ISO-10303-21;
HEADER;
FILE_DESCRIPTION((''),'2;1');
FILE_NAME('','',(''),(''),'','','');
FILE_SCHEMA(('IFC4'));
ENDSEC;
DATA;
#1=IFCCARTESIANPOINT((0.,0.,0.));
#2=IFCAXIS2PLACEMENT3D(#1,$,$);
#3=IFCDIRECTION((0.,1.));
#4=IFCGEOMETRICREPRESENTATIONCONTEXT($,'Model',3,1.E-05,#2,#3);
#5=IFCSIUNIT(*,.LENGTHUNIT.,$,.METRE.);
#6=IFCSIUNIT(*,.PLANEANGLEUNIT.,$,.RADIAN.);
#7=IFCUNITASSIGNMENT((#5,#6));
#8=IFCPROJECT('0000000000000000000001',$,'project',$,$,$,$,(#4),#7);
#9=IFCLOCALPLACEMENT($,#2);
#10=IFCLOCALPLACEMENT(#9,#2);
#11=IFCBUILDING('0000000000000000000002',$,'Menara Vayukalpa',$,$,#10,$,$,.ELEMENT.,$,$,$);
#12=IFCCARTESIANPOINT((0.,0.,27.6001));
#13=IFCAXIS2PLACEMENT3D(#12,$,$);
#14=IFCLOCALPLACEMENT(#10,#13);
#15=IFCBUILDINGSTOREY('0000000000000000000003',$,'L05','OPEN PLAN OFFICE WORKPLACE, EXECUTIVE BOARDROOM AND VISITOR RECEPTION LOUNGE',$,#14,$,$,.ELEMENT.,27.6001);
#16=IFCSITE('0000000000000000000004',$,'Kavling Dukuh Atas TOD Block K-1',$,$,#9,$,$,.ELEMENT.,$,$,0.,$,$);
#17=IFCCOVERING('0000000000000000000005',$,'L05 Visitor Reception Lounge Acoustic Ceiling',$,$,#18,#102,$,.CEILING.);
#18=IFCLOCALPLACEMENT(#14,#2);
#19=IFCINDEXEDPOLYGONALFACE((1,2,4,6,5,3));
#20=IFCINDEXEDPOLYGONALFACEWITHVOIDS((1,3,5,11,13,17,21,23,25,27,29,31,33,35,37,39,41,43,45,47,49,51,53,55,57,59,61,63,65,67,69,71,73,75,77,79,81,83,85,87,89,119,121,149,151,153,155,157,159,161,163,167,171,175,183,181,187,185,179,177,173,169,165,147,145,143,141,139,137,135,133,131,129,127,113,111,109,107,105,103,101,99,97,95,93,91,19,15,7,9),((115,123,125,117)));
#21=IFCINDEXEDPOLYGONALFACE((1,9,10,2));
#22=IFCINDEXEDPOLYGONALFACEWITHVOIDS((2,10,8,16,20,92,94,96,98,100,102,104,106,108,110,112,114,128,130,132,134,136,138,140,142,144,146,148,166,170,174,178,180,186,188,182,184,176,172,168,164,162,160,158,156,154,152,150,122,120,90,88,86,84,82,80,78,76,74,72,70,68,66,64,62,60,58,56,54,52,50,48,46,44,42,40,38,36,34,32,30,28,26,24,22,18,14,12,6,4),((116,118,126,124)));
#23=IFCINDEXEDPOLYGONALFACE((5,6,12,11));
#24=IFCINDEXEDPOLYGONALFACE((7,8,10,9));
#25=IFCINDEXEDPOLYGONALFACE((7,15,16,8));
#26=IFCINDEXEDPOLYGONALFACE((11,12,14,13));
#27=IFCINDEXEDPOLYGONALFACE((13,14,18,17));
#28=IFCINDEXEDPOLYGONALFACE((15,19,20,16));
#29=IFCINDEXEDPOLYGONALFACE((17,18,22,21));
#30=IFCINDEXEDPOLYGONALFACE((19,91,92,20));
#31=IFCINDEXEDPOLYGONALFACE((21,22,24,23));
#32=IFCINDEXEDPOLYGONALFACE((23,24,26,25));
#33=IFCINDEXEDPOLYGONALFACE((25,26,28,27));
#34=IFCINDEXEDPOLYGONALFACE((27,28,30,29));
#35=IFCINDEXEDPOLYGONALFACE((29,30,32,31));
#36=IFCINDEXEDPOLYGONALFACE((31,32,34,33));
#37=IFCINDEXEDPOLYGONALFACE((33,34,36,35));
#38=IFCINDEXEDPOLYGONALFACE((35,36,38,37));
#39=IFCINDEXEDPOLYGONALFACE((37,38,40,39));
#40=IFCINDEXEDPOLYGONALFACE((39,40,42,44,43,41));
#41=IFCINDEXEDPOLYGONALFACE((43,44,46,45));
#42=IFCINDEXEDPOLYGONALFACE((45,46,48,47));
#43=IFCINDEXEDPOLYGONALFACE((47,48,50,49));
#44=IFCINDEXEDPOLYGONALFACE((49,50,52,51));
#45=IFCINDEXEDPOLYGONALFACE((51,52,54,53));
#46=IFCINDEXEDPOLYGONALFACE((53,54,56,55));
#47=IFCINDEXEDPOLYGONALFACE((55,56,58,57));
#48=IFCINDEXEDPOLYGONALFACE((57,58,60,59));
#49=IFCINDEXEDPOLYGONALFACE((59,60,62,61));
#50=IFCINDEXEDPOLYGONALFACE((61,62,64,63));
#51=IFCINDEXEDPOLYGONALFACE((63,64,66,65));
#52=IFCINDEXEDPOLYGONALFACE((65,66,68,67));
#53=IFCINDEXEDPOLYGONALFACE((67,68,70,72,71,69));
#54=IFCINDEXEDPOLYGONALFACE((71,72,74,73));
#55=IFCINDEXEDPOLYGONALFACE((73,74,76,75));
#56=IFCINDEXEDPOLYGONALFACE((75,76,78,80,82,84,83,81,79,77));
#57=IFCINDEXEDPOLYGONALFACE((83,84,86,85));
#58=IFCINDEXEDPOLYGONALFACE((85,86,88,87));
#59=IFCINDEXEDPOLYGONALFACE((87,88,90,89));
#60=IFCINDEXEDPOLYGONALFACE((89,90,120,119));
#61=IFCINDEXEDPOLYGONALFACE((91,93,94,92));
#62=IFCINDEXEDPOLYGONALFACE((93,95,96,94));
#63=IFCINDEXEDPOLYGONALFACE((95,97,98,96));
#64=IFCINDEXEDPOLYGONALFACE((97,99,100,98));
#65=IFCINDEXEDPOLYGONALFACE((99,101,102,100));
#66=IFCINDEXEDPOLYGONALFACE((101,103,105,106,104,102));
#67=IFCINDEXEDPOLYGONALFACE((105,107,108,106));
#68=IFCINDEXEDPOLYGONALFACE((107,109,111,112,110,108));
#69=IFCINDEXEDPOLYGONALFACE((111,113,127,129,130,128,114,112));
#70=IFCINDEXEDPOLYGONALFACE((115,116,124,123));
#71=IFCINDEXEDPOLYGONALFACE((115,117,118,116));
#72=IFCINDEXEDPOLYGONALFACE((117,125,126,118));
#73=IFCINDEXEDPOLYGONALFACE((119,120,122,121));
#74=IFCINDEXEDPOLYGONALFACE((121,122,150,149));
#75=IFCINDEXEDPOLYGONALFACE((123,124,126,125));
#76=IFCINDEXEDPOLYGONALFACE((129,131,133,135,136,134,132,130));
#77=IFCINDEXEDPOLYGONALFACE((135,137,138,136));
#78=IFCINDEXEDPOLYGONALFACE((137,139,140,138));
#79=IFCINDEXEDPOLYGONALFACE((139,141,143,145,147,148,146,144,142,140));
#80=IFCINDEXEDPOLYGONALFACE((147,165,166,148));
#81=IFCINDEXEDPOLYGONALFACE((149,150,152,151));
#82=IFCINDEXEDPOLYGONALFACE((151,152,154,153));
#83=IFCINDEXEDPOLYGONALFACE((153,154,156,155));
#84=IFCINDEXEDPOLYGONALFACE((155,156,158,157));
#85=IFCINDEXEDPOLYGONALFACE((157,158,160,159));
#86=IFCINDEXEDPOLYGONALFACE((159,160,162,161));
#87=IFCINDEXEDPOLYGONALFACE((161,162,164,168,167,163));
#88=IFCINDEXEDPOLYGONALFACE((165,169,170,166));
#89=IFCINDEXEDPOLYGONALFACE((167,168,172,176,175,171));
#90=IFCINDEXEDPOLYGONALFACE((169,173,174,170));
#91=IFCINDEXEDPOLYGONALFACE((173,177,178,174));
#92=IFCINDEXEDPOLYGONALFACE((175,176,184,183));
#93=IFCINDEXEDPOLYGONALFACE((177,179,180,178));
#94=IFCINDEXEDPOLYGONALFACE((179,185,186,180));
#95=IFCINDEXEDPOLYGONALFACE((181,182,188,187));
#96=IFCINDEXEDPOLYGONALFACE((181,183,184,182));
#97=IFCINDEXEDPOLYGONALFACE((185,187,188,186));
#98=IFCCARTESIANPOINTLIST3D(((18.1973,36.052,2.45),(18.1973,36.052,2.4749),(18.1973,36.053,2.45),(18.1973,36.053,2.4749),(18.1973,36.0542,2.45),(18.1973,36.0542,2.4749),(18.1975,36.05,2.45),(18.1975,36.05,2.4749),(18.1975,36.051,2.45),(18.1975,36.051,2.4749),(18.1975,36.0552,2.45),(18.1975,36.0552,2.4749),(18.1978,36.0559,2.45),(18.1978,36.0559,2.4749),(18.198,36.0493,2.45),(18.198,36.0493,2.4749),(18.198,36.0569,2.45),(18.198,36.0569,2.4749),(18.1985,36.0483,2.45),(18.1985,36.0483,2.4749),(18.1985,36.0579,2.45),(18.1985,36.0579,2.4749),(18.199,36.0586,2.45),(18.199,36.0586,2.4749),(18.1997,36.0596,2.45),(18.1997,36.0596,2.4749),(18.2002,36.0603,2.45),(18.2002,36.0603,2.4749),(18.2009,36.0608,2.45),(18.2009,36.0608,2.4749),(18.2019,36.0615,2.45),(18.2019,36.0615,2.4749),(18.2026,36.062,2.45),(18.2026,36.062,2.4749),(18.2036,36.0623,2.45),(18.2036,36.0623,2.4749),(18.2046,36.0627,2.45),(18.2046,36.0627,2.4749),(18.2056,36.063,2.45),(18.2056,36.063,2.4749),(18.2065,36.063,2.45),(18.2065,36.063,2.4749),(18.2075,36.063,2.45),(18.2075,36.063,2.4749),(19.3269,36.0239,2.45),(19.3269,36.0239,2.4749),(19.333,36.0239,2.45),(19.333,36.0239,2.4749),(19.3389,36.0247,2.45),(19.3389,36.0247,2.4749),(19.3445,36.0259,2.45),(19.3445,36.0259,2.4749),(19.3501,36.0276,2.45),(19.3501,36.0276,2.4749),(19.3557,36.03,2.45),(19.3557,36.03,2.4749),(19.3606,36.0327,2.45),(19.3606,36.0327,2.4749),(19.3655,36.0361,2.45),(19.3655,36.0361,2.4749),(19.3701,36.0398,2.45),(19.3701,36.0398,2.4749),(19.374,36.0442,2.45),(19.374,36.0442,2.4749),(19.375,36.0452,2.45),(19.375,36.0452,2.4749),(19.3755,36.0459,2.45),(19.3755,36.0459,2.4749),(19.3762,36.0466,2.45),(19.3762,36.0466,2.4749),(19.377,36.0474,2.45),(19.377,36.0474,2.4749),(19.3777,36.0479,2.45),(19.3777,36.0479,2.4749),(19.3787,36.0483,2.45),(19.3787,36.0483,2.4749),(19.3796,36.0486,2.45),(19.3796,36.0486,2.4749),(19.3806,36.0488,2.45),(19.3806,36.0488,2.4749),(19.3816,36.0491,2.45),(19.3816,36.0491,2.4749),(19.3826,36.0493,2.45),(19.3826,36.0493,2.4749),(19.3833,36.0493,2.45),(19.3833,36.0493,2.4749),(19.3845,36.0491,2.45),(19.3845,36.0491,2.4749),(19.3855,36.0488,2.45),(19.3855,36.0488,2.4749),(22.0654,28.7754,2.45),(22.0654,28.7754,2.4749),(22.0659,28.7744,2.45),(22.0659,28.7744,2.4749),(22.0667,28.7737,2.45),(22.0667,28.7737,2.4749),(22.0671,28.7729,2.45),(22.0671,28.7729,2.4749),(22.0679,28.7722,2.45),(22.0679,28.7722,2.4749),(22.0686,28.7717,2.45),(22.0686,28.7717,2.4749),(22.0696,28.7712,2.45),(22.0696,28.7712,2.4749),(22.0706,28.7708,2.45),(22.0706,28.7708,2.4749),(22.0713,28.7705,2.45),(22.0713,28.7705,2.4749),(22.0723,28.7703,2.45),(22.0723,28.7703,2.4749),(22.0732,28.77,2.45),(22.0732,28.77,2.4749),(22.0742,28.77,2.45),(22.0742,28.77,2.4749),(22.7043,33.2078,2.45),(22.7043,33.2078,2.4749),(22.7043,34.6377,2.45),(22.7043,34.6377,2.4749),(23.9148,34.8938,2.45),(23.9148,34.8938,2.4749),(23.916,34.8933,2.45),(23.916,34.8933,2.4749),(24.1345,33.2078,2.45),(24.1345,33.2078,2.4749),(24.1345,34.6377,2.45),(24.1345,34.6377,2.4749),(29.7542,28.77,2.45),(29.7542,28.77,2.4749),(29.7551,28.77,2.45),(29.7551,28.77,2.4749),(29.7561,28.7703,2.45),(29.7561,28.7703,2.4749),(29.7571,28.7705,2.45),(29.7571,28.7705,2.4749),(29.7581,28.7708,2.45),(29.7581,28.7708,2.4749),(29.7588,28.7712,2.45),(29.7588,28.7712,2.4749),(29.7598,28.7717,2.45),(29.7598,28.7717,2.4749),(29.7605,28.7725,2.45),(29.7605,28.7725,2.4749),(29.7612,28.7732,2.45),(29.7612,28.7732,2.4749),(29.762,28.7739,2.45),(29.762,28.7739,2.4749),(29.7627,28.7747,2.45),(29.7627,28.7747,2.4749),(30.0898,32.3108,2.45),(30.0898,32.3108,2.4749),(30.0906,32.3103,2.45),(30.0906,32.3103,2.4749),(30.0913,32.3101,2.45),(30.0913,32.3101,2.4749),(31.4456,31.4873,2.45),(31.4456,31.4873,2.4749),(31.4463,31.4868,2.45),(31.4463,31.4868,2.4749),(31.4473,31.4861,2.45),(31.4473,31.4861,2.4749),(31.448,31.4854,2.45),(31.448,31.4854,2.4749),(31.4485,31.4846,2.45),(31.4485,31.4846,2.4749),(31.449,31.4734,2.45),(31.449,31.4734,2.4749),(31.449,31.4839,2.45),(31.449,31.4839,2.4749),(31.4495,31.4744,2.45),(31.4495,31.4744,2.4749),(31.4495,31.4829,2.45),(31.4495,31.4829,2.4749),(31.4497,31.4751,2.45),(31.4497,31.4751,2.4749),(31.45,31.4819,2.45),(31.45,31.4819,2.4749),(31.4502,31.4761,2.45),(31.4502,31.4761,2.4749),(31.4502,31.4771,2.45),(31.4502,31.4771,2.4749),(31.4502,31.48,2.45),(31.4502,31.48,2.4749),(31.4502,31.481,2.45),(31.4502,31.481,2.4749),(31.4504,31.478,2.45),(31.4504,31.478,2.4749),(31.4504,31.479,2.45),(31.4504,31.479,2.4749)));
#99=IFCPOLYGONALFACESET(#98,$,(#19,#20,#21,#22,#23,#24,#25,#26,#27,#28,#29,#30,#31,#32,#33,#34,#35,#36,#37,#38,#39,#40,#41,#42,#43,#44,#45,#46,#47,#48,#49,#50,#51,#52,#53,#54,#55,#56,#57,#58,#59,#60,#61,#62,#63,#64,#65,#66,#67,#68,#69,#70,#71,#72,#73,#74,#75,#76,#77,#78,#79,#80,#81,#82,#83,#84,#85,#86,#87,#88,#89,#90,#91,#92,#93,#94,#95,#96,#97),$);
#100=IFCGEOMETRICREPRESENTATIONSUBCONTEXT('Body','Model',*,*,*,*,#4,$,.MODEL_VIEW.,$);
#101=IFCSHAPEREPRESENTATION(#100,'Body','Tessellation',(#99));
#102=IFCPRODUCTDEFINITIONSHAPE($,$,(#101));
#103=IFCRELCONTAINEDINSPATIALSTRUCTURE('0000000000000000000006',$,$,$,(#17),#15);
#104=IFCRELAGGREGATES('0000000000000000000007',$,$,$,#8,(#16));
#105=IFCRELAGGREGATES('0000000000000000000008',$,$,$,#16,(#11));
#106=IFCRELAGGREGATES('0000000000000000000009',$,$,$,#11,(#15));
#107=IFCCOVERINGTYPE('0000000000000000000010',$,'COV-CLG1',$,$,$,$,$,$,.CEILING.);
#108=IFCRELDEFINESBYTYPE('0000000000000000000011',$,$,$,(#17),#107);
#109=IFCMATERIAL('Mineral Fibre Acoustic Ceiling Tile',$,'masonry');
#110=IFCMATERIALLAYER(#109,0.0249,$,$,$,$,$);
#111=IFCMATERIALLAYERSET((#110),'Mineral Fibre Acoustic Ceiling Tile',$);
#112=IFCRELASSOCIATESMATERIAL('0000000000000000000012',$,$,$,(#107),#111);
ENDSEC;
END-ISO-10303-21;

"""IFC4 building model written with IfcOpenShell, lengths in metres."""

from ifc_helpers import new_model, si_unit, direction, frame, origin, place, context, subcontext, project, spatial, polyline, outline, extrude, material, layer, layer_set, type_object, element, save


model = new_model("IFC4")

# Units and contexts
model_context = context("Model", 3, precision=1e-05, world=origin(), true_north=direction((0.0, 1.0)))
body_context = subcontext(model_context, "Body", "Model", "MODEL_VIEW")
ifc_project = project(units=[si_unit("LENGTHUNIT", "METRE"), si_unit("PLANEANGLEUNIT", "RADIAN")], contexts=[model_context])

# Site, building, storey
site_placement = place(None, origin())
site = spatial("IfcSite", under=ifc_project, at=site_placement, Name="Kavling Dukuh Atas TOD Block K-1", CompositionType="ELEMENT", RefElevation=0.0)
building_placement = place(site_placement, origin())
building = spatial("IfcBuilding", under=site, at=building_placement, Name="Menara Vayukalpa", CompositionType="ELEMENT")
storey_placement = place(building_placement, frame((0.0, 0.0, 27.6001)))
storey = spatial("IfcBuildingStorey", under=building, at=storey_placement, Name="L05", Description="OPEN PLAN OFFICE WORKPLACE, EXECUTIVE BOARDROOM AND VISITOR RECEPTION LOUNGE", CompositionType="ELEMENT", Elevation=27.6001)

# Covering
ifc_material_1 = material(Name="Mineral Fibre Acoustic Ceiling Tile", Category="masonry")
ifc_layer_1 = layer(ifc_material_1, 0.0249)
ifc_layer_set_1 = layer_set([ifc_layer_1], Name="Mineral Fibre Acoustic Ceiling Tile")
covering_type_1 = type_object("IfcCoveringType", Name="COV-CLG1", PredefinedType="CEILING", material=ifc_layer_set_1)
covering_1_placement = place(storey_placement, frame((0.0, 0.0, 2.45)))
element("IfcCovering", 1, at=covering_1_placement, inside=storey, type_object=covering_type_1, Name="L05 Visitor Reception Lounge Acoustic Ceiling", PredefinedType="CEILING", context=body_context, shape_type="SweptSolid", body=[
    extrude(outline(polyline([(30.0898, 32.3108), (30.0906, 32.3103), (30.0913, 32.3101), (31.4456, 31.4873), (31.4463, 31.4868), (31.4473, 31.4861), (31.448, 31.4854), (31.4485, 31.4846), (31.449, 31.4839), (31.4495, 31.4829), (31.45, 31.4819), (31.4502, 31.481), (31.4502, 31.48), (31.4504, 31.479), (31.4504, 31.478), (31.4502, 31.4771), (31.4502, 31.4761), (31.4497, 31.4751), (31.4495, 31.4744), (31.449, 31.4734), (29.7627, 28.7747), (29.762, 28.7739), (29.7612, 28.7732), (29.7605, 28.7725), (29.7598, 28.7717), (29.7588, 28.7712), (29.7581, 28.7708), (29.7571, 28.7705), (29.7561, 28.7703), (29.7551, 28.77), (29.7542, 28.77), (22.0742, 28.77), (22.0732, 28.77), (22.0723, 28.7703), (22.0713, 28.7705), (22.0706, 28.7708), (22.0696, 28.7712), (22.0686, 28.7717), (22.0679, 28.7722), (22.0671, 28.7729), (22.0667, 28.7737), (22.0659, 28.7744), (22.0654, 28.7754), (18.1985, 36.0483), (18.198, 36.0493), (18.1975, 36.05), (18.1975, 36.051), (18.1973, 36.052), (18.1973, 36.053), (18.1973, 36.0542), (18.1975, 36.0552), (18.1978, 36.0559), (18.198, 36.0569), (18.1985, 36.0579), (18.199, 36.0586), (18.1997, 36.0596), (18.2002, 36.0603), (18.2009, 36.0608), (18.2019, 36.0615), (18.2026, 36.062), (18.2036, 36.0623), (18.2046, 36.0627), (18.2056, 36.063), (18.2065, 36.063), (18.2075, 36.063), (19.3269, 36.0239), (19.333, 36.0239), (19.3389, 36.0247), (19.3445, 36.0259), (19.3501, 36.0276), (19.3557, 36.03), (19.3606, 36.0327), (19.3655, 36.0361), (19.3701, 36.0398), (19.374, 36.0442), (19.375, 36.0452), (19.3755, 36.0459), (19.3762, 36.0466), (19.377, 36.0474), (19.3777, 36.0479), (19.3787, 36.0483), (19.3796, 36.0486), (19.3806, 36.0488), (19.3816, 36.0491), (19.3826, 36.0493), (19.3833, 36.0493), (19.3845, 36.0491), (19.3855, 36.0488), (23.9148, 34.8938), (23.916, 34.8933), (30.0898, 32.3108)]), holes=[polyline([(24.1345, 33.2078), (24.1345, 34.6377), (22.7043, 34.6377), (22.7043, 33.2078), (24.1345, 33.2078)])]), origin(), (0.0, 0.0, 1.0), 0.0249),
])

save(model, "model.ifc")
